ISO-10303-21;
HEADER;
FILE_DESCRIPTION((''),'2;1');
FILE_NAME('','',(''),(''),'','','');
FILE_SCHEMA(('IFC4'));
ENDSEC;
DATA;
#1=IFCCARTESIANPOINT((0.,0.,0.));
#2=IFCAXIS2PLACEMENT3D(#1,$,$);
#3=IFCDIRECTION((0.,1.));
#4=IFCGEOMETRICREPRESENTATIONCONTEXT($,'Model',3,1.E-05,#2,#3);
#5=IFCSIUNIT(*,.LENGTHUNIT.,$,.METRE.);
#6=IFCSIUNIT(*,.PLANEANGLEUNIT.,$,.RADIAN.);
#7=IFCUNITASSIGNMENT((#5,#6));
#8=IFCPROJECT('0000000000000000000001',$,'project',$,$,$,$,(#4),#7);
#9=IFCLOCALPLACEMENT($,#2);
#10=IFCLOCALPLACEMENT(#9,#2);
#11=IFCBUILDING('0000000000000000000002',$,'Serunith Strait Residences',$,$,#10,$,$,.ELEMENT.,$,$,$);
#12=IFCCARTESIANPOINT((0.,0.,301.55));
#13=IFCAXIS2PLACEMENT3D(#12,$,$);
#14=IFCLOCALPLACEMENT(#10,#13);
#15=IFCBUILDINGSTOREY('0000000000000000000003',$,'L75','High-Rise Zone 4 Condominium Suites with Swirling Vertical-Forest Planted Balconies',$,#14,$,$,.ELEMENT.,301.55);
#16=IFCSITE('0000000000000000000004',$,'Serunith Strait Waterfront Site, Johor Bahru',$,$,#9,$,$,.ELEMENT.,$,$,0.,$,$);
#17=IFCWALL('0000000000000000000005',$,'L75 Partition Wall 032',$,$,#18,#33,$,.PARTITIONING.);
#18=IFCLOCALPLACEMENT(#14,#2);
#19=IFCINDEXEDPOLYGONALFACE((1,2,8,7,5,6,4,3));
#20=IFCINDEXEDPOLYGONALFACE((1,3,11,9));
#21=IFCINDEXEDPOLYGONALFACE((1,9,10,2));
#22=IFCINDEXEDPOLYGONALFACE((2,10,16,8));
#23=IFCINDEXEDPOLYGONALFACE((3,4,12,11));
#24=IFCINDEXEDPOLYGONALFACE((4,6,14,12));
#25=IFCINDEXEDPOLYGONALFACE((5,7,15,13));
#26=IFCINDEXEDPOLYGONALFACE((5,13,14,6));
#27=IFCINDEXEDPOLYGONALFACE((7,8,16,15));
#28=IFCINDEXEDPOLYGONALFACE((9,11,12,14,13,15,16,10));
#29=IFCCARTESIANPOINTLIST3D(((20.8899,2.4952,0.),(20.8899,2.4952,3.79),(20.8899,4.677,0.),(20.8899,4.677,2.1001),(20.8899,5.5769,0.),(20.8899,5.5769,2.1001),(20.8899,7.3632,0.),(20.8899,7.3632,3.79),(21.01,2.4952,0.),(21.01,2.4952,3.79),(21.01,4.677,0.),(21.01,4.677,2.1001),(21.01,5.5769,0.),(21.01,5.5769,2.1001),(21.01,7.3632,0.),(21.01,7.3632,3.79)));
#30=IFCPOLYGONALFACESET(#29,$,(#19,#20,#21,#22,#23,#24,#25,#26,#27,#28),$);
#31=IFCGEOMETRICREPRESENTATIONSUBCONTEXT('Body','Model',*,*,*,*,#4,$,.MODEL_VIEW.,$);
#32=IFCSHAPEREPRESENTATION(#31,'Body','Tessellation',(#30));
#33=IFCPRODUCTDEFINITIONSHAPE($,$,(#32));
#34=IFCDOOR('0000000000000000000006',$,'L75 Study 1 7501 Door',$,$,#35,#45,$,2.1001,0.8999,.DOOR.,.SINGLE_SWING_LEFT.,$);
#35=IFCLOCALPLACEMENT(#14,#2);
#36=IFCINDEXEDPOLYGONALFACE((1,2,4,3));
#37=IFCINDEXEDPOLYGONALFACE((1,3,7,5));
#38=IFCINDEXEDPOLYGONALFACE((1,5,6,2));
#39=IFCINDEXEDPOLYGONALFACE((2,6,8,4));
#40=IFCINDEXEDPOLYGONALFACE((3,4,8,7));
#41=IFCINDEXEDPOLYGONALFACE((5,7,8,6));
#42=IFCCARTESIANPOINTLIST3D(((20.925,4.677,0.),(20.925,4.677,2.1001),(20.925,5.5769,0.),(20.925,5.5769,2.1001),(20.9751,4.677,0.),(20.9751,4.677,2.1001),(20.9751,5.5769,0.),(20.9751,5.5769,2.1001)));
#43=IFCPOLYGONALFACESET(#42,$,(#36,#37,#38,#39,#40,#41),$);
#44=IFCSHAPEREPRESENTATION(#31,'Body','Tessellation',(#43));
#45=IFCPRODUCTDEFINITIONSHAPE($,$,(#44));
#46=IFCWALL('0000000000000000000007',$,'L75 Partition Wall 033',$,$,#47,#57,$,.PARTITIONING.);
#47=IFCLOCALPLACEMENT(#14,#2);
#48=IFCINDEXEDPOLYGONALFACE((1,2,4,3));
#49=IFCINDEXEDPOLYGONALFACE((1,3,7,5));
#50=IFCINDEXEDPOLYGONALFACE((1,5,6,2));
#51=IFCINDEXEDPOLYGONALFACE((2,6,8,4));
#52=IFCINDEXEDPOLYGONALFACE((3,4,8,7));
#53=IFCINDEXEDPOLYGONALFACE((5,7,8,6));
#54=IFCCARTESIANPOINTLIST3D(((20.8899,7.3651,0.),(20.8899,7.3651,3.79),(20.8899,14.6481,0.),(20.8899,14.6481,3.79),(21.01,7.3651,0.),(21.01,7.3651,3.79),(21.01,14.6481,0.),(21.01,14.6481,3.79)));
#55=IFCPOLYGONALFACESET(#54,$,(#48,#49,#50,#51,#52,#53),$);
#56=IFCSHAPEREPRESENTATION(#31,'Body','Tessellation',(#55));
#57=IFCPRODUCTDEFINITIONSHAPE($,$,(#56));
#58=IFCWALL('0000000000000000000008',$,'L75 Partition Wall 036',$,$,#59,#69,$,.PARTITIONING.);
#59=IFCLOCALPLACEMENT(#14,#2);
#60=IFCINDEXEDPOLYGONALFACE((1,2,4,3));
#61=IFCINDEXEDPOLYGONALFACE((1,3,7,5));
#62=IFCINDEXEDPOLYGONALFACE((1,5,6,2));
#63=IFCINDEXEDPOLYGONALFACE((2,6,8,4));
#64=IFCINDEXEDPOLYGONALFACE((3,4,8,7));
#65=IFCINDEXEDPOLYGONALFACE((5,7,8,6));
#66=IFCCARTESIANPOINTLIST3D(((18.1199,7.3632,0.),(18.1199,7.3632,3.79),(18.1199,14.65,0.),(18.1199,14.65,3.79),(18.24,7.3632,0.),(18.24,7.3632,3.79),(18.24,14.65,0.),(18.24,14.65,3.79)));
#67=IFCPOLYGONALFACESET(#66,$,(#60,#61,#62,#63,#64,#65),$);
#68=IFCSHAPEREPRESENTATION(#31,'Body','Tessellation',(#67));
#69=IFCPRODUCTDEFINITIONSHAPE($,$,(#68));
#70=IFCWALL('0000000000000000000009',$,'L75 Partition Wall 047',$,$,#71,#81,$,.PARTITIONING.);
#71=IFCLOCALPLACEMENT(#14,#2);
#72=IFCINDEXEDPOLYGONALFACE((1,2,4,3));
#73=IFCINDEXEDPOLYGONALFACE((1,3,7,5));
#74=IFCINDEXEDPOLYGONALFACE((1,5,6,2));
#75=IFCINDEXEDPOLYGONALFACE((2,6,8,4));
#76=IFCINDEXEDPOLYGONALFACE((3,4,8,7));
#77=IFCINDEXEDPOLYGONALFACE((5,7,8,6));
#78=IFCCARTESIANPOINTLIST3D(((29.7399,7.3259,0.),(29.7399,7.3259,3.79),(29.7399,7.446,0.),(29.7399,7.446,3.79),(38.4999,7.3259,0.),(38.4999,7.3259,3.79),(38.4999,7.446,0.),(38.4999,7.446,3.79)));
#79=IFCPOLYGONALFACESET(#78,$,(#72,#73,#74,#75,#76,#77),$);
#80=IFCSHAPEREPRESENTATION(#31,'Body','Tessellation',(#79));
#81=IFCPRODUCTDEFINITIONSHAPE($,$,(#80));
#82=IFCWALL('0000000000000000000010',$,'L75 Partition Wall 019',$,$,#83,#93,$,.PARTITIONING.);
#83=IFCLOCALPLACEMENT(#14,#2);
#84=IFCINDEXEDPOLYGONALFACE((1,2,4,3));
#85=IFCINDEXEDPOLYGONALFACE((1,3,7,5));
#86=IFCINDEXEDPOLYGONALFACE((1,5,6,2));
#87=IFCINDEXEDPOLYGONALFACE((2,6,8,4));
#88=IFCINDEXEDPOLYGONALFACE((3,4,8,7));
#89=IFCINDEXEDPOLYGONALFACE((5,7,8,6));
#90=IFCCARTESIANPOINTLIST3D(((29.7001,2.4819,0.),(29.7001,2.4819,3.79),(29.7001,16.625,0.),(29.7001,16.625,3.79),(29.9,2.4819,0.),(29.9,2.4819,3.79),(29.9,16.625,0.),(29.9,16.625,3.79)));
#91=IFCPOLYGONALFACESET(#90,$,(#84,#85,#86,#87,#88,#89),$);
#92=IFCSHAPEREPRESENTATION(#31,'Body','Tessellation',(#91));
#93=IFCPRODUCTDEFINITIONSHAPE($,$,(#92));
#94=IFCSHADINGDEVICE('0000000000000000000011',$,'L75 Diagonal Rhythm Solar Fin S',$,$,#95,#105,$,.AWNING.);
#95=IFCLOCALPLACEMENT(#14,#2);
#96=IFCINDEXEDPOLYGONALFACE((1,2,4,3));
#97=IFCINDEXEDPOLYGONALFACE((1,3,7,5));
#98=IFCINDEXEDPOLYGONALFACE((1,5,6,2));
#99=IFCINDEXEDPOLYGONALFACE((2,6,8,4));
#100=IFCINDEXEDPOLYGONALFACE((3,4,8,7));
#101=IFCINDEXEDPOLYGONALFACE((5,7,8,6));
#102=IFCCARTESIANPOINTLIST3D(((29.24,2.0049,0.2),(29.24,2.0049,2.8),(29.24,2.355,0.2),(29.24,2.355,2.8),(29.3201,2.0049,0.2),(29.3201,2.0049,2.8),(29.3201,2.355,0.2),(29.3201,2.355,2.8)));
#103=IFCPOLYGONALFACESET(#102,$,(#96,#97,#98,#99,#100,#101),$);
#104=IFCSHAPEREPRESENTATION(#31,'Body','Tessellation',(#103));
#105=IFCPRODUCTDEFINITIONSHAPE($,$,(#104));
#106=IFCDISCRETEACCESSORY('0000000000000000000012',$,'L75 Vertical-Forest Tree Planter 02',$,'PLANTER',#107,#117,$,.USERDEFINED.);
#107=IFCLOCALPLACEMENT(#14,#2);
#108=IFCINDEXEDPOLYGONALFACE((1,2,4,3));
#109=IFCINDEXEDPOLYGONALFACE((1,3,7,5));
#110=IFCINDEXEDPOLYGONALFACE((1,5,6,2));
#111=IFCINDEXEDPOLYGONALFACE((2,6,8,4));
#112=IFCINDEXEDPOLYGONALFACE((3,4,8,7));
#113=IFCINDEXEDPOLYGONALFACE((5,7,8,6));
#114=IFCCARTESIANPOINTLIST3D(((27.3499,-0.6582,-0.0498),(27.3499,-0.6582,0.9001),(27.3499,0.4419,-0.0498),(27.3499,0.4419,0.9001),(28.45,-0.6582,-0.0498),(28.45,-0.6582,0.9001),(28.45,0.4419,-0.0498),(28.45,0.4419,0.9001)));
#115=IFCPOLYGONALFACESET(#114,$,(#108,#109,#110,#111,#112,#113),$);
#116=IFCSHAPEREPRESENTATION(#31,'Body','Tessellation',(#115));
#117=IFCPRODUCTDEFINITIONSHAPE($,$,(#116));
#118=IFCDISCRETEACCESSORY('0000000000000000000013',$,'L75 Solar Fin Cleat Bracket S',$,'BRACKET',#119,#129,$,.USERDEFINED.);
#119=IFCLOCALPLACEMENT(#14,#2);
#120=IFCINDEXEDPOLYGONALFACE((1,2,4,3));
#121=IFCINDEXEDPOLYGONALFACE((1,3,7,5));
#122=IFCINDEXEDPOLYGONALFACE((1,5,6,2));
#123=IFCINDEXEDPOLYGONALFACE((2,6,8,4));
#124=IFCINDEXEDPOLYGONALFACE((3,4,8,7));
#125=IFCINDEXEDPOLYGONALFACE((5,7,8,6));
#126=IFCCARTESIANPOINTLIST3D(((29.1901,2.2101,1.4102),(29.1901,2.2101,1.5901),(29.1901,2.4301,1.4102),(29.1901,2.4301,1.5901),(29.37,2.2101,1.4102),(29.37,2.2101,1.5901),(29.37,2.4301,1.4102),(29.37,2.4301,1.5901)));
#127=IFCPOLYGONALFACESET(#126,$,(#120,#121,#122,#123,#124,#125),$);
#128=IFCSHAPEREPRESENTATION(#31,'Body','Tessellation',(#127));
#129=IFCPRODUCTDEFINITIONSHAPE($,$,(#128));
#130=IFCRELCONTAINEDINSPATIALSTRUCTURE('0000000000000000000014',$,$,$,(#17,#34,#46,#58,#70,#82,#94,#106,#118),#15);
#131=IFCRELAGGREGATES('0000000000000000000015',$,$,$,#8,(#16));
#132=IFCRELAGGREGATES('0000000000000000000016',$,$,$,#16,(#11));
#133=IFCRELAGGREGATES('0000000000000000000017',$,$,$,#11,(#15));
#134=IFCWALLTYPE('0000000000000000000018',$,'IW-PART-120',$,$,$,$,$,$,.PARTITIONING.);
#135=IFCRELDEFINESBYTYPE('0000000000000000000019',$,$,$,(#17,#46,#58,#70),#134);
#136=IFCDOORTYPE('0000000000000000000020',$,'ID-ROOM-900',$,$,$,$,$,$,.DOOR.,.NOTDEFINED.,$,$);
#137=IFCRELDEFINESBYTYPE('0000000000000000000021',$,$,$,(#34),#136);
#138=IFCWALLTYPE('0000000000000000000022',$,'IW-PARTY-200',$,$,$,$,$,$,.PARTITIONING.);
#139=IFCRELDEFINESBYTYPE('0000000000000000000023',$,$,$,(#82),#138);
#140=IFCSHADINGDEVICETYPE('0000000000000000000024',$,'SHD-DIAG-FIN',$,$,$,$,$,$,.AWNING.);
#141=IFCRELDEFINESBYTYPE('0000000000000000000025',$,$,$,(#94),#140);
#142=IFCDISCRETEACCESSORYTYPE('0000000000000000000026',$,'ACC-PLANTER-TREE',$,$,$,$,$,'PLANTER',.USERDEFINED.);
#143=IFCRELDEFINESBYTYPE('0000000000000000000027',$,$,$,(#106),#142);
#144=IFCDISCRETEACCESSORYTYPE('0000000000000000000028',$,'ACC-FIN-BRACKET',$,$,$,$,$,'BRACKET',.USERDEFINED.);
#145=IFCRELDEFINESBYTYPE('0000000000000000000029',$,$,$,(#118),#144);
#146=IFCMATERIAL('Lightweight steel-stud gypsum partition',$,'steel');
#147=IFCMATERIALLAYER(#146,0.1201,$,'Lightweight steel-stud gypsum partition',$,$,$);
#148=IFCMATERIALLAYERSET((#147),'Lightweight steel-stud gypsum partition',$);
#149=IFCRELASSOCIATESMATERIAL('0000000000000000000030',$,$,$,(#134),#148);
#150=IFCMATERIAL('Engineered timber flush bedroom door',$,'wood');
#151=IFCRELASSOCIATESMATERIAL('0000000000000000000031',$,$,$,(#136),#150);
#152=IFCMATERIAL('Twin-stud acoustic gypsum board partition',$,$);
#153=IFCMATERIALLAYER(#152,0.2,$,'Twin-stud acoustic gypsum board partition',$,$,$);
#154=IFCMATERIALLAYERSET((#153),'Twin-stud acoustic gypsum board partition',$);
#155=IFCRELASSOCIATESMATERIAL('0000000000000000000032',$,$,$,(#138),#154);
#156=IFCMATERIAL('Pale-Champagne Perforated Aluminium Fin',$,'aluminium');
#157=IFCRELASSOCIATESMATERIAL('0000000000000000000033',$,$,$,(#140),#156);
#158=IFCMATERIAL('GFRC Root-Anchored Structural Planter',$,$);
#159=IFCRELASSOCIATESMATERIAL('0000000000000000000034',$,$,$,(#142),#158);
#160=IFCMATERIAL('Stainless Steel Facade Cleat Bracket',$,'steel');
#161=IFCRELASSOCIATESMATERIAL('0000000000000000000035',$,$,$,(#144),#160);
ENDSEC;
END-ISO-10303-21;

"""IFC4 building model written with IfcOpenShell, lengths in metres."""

from ifc_helpers import new_model, si_unit, direction, frame, frame_2d, origin, origin_2d, place, context, subcontext, project, spatial, rectangle, extrude, source, transform, mapped, material, layer, layer_set, type_object, element, fill, save


model = new_model("IFC4")

# Units and contexts
model_context = context("Model", 3, precision=1e-05, world=origin(), true_north=direction((0.0, 1.0)))
body_context = subcontext(model_context, "Body", "Model", "MODEL_VIEW")
ifc_project = project(units=[si_unit("LENGTHUNIT", "METRE"), si_unit("PLANEANGLEUNIT", "RADIAN")], contexts=[model_context])

# Site, building, storey
site_placement = place(None, origin())
site = spatial("IfcSite", under=ifc_project, at=site_placement, Name="Serunith Strait Waterfront Site, Johor Bahru", CompositionType="ELEMENT", RefElevation=0.0)
building_placement = place(site_placement, origin())
building = spatial("IfcBuilding", under=site, at=building_placement, Name="Serunith Strait Residences", CompositionType="ELEMENT")
storey_placement = place(building_placement, frame((0.0, 0.0, 301.55)))
storey = spatial("IfcBuildingStorey", under=building, at=storey_placement, Name="L75", Description="High-Rise Zone 4 Condominium Suites with Swirling Vertical-Forest Planted Balconies", CompositionType="ELEMENT", Elevation=301.55)

# Wall, opening, door
ifc_material_1 = material(Name="Lightweight steel-stud gypsum partition", Category="steel")
ifc_layer_1 = layer(ifc_material_1, 0.1201, Name="Lightweight steel-stud gypsum partition")
ifc_layer_set_1 = layer_set([ifc_layer_1], Name="Lightweight steel-stud gypsum partition")
wall_type_1 = type_object("IfcWallType", Name="IW-PART-120", PredefinedType="PARTITIONING", material=ifc_layer_set_1)
wall_1_placement = place(storey_placement, frame((20.95, 2.4951, 0.0), z_axis=(0.0, 0.0, 1.0), x_axis=(0.0, 1.0, 0.0)))
wall_1 = element("IfcWall", 1, at=wall_1_placement, inside=storey, type_object=wall_type_1, Name="L75 Partition Wall 032", PredefinedType="PARTITIONING", context=body_context, shape_type="SweptSolid", body=[
    extrude(rectangle(XDim=4.8679, YDim=0.1201, at=frame_2d((2.4341, 0.0))), origin(), (0.0, 0.0, 1.0), 3.79),
])
opening_placement = place(wall_1_placement, frame((2.1819, 0.0, 0.0)))
opening = element("IfcOpeningElement", 2, at=opening_placement, cuts=wall_1, PredefinedType="OPENING", context=body_context, shape_type="SweptSolid", body=[
    extrude(rectangle(XDim=0.8999, YDim=2.1001, at=frame_2d((0.45, 1.05))), frame((0.0, 0.0701, 0.0), z_axis=(0.0, -1.0, 0.0), x_axis=(1.0, 0.0, 0.0)), (0.0, 0.0, 1.0), 0.1401),
])
ifc_material_2 = material(Name="Engineered timber flush bedroom door", Category="wood")
door_type = type_object("IfcDoorType", Name="ID-ROOM-900", OperationType="NOTDEFINED", PredefinedType="DOOR", material=ifc_material_2)
shared_shape_1 = source(origin(), body_context, "Body", "SweptSolid", [
    extrude(rectangle(XDim=0.8999, YDim=2.1001, at=frame_2d((0.45, 1.05))), frame((0.0, 0.0249, 0.0), z_axis=(0.0, -1.0, 0.0), x_axis=(1.0, 0.0, 0.0)), (0.0, 0.0, 1.0), 0.05),
])
door_placement = place(opening_placement, origin())
door = element("IfcDoor", 3, at=door_placement, inside=storey, type_object=door_type, Name="L75 Study 1 7501 Door", OperationType="SINGLE_SWING_LEFT", OverallHeight=2.1001, OverallWidth=0.8999, PredefinedType="DOOR", context=body_context, shape_type="MappedRepresentation", body=[
    mapped(shared_shape_1, transform((0.0, 0.0, 0.0), scale=1.0)),
])
fill(opening, door)

# Walls
wall_2_placement = place(storey_placement, frame((20.95, 7.365, 0.0), z_axis=(0.0, 0.0, 1.0), x_axis=(0.0, 1.0, 0.0)))
element("IfcWall", 4, at=wall_2_placement, inside=storey, type_object=wall_type_1, Name="L75 Partition Wall 033", PredefinedType="PARTITIONING", context=body_context, shape_type="SweptSolid", body=[
    extrude(rectangle(XDim=7.283, YDim=0.1201, at=frame_2d((3.6416, 0.0))), origin(), (0.0, 0.0, 1.0), 3.79),
])
wall_3_placement = place(storey_placement, frame((18.1799, 7.363, 0.0), z_axis=(0.0, 0.0, 1.0), x_axis=(0.0, 1.0, 0.0)))
element("IfcWall", 5, at=wall_3_placement, inside=storey, type_object=wall_type_1, Name="L75 Partition Wall 036", PredefinedType="PARTITIONING", context=body_context, shape_type="SweptSolid", body=[
    extrude(rectangle(XDim=7.2869, YDim=0.1201, at=frame_2d((3.6436, 0.0))), origin(), (0.0, 0.0, 1.0), 3.79),
])
wall_4_placement = place(storey_placement, frame((29.74, 7.386, 0.0), z_axis=(0.0, 0.0, 1.0), x_axis=(1.0, 0.0, 0.0)))
element("IfcWall", 6, at=wall_4_placement, inside=storey, type_object=wall_type_1, Name="L75 Partition Wall 047", PredefinedType="PARTITIONING", context=body_context, shape_type="SweptSolid", body=[
    extrude(rectangle(XDim=8.76, YDim=0.1201, at=frame_2d((4.3799, 0.0))), origin(), (0.0, 0.0, 1.0), 3.79),
])
ifc_material_3 = material(Name="Twin-stud acoustic gypsum board partition")
ifc_layer_2 = layer(ifc_material_3, 0.2, Name="Twin-stud acoustic gypsum board partition")
ifc_layer_set_2 = layer_set([ifc_layer_2], Name="Twin-stud acoustic gypsum board partition")
wall_type_2 = type_object("IfcWallType", Name="IW-PARTY-200", PredefinedType="PARTITIONING", material=ifc_layer_set_2)
wall_5_placement = place(storey_placement, frame((29.8, 2.4819, 0.0), z_axis=(0.0, 0.0, 1.0), x_axis=(0.0, 1.0, 0.0)))
element("IfcWall", 7, at=wall_5_placement, inside=storey, type_object=wall_type_2, Name="L75 Partition Wall 019", PredefinedType="PARTITIONING", context=body_context, shape_type="SweptSolid", body=[
    extrude(rectangle(XDim=14.1431, YDim=0.2, at=frame_2d((7.0715, 0.0))), origin(), (0.0, 0.0, 1.0), 3.79),
])

# Shading device
ifc_material_4 = material(Name="Pale-Champagne Perforated Aluminium Fin", Category="aluminium")
shading_device_type = type_object("IfcShadingDeviceType", Name="SHD-DIAG-FIN", PredefinedType="AWNING", material=ifc_material_4)
shared_shape_2 = source(origin(), body_context, "Body", "SweptSolid", [
    extrude(rectangle(XDim=0.0801, YDim=0.3501, at=origin_2d()), origin(), (0.0, 0.0, 1.0), 2.6001),
])
shading_device_placement = place(storey_placement, frame((29.28, 2.1799, 0.2), z_axis=(0.0, 0.0, 1.0), x_axis=(1.0, 0.0, 0.0)))
element("IfcShadingDevice", 8, at=shading_device_placement, inside=storey, type_object=shading_device_type, Name="L75 Diagonal Rhythm Solar Fin S", PredefinedType="AWNING", context=body_context, shape_type="MappedRepresentation", body=[
    mapped(shared_shape_2, transform((0.0, 0.0, 0.0), scale=1.0)),
])

# Discrete accessories
ifc_material_5 = material(Name="GFRC Root-Anchored Structural Planter")
discrete_accessory_type_1 = type_object("IfcDiscreteAccessoryType", Name="ACC-PLANTER-TREE", ElementType="PLANTER", PredefinedType="USERDEFINED", material=ifc_material_5)
shared_shape_3 = source(origin(), body_context, "Body", "SweptSolid", [
    extrude(rectangle(XDim=1.1001, YDim=1.1001, at=origin_2d()), origin(), (0.0, 0.0, 1.0), 0.95),
])
discrete_accessory_1_placement = place(storey_placement, frame((27.8999, -0.1082, -0.0498), z_axis=(0.0, 0.0, 1.0), x_axis=(1.0, 0.0, 0.0)))
element("IfcDiscreteAccessory", 9, at=discrete_accessory_1_placement, inside=storey, type_object=discrete_accessory_type_1, Name="L75 Vertical-Forest Tree Planter 02", ObjectType="PLANTER", PredefinedType="USERDEFINED", context=body_context, shape_type="MappedRepresentation", body=[
    mapped(shared_shape_3, transform((0.0, 0.0, 0.0), scale=1.0)),
])
ifc_material_6 = material(Name="Stainless Steel Facade Cleat Bracket", Category="steel")
discrete_accessory_type_2 = type_object("IfcDiscreteAccessoryType", Name="ACC-FIN-BRACKET", ElementType="BRACKET", PredefinedType="USERDEFINED", material=ifc_material_6)
shared_shape_4 = source(origin(), body_context, "Body", "SweptSolid", [
    extrude(rectangle(XDim=0.1799, YDim=0.22, at=origin_2d()), origin(), (0.0, 0.0, 1.0), 0.1799),
])
discrete_accessory_2_placement = place(storey_placement, frame((29.28, 2.3201, 1.4102), z_axis=(0.0, 0.0, 1.0), x_axis=(1.0, 0.0, 0.0)))
element("IfcDiscreteAccessory", 10, at=discrete_accessory_2_placement, inside=storey, type_object=discrete_accessory_type_2, Name="L75 Solar Fin Cleat Bracket S", ObjectType="BRACKET", PredefinedType="USERDEFINED", context=body_context, shape_type="MappedRepresentation", body=[
    mapped(shared_shape_4, transform((0.0, 0.0, 0.0), scale=1.0)),
])

save(model, "model.ifc")
